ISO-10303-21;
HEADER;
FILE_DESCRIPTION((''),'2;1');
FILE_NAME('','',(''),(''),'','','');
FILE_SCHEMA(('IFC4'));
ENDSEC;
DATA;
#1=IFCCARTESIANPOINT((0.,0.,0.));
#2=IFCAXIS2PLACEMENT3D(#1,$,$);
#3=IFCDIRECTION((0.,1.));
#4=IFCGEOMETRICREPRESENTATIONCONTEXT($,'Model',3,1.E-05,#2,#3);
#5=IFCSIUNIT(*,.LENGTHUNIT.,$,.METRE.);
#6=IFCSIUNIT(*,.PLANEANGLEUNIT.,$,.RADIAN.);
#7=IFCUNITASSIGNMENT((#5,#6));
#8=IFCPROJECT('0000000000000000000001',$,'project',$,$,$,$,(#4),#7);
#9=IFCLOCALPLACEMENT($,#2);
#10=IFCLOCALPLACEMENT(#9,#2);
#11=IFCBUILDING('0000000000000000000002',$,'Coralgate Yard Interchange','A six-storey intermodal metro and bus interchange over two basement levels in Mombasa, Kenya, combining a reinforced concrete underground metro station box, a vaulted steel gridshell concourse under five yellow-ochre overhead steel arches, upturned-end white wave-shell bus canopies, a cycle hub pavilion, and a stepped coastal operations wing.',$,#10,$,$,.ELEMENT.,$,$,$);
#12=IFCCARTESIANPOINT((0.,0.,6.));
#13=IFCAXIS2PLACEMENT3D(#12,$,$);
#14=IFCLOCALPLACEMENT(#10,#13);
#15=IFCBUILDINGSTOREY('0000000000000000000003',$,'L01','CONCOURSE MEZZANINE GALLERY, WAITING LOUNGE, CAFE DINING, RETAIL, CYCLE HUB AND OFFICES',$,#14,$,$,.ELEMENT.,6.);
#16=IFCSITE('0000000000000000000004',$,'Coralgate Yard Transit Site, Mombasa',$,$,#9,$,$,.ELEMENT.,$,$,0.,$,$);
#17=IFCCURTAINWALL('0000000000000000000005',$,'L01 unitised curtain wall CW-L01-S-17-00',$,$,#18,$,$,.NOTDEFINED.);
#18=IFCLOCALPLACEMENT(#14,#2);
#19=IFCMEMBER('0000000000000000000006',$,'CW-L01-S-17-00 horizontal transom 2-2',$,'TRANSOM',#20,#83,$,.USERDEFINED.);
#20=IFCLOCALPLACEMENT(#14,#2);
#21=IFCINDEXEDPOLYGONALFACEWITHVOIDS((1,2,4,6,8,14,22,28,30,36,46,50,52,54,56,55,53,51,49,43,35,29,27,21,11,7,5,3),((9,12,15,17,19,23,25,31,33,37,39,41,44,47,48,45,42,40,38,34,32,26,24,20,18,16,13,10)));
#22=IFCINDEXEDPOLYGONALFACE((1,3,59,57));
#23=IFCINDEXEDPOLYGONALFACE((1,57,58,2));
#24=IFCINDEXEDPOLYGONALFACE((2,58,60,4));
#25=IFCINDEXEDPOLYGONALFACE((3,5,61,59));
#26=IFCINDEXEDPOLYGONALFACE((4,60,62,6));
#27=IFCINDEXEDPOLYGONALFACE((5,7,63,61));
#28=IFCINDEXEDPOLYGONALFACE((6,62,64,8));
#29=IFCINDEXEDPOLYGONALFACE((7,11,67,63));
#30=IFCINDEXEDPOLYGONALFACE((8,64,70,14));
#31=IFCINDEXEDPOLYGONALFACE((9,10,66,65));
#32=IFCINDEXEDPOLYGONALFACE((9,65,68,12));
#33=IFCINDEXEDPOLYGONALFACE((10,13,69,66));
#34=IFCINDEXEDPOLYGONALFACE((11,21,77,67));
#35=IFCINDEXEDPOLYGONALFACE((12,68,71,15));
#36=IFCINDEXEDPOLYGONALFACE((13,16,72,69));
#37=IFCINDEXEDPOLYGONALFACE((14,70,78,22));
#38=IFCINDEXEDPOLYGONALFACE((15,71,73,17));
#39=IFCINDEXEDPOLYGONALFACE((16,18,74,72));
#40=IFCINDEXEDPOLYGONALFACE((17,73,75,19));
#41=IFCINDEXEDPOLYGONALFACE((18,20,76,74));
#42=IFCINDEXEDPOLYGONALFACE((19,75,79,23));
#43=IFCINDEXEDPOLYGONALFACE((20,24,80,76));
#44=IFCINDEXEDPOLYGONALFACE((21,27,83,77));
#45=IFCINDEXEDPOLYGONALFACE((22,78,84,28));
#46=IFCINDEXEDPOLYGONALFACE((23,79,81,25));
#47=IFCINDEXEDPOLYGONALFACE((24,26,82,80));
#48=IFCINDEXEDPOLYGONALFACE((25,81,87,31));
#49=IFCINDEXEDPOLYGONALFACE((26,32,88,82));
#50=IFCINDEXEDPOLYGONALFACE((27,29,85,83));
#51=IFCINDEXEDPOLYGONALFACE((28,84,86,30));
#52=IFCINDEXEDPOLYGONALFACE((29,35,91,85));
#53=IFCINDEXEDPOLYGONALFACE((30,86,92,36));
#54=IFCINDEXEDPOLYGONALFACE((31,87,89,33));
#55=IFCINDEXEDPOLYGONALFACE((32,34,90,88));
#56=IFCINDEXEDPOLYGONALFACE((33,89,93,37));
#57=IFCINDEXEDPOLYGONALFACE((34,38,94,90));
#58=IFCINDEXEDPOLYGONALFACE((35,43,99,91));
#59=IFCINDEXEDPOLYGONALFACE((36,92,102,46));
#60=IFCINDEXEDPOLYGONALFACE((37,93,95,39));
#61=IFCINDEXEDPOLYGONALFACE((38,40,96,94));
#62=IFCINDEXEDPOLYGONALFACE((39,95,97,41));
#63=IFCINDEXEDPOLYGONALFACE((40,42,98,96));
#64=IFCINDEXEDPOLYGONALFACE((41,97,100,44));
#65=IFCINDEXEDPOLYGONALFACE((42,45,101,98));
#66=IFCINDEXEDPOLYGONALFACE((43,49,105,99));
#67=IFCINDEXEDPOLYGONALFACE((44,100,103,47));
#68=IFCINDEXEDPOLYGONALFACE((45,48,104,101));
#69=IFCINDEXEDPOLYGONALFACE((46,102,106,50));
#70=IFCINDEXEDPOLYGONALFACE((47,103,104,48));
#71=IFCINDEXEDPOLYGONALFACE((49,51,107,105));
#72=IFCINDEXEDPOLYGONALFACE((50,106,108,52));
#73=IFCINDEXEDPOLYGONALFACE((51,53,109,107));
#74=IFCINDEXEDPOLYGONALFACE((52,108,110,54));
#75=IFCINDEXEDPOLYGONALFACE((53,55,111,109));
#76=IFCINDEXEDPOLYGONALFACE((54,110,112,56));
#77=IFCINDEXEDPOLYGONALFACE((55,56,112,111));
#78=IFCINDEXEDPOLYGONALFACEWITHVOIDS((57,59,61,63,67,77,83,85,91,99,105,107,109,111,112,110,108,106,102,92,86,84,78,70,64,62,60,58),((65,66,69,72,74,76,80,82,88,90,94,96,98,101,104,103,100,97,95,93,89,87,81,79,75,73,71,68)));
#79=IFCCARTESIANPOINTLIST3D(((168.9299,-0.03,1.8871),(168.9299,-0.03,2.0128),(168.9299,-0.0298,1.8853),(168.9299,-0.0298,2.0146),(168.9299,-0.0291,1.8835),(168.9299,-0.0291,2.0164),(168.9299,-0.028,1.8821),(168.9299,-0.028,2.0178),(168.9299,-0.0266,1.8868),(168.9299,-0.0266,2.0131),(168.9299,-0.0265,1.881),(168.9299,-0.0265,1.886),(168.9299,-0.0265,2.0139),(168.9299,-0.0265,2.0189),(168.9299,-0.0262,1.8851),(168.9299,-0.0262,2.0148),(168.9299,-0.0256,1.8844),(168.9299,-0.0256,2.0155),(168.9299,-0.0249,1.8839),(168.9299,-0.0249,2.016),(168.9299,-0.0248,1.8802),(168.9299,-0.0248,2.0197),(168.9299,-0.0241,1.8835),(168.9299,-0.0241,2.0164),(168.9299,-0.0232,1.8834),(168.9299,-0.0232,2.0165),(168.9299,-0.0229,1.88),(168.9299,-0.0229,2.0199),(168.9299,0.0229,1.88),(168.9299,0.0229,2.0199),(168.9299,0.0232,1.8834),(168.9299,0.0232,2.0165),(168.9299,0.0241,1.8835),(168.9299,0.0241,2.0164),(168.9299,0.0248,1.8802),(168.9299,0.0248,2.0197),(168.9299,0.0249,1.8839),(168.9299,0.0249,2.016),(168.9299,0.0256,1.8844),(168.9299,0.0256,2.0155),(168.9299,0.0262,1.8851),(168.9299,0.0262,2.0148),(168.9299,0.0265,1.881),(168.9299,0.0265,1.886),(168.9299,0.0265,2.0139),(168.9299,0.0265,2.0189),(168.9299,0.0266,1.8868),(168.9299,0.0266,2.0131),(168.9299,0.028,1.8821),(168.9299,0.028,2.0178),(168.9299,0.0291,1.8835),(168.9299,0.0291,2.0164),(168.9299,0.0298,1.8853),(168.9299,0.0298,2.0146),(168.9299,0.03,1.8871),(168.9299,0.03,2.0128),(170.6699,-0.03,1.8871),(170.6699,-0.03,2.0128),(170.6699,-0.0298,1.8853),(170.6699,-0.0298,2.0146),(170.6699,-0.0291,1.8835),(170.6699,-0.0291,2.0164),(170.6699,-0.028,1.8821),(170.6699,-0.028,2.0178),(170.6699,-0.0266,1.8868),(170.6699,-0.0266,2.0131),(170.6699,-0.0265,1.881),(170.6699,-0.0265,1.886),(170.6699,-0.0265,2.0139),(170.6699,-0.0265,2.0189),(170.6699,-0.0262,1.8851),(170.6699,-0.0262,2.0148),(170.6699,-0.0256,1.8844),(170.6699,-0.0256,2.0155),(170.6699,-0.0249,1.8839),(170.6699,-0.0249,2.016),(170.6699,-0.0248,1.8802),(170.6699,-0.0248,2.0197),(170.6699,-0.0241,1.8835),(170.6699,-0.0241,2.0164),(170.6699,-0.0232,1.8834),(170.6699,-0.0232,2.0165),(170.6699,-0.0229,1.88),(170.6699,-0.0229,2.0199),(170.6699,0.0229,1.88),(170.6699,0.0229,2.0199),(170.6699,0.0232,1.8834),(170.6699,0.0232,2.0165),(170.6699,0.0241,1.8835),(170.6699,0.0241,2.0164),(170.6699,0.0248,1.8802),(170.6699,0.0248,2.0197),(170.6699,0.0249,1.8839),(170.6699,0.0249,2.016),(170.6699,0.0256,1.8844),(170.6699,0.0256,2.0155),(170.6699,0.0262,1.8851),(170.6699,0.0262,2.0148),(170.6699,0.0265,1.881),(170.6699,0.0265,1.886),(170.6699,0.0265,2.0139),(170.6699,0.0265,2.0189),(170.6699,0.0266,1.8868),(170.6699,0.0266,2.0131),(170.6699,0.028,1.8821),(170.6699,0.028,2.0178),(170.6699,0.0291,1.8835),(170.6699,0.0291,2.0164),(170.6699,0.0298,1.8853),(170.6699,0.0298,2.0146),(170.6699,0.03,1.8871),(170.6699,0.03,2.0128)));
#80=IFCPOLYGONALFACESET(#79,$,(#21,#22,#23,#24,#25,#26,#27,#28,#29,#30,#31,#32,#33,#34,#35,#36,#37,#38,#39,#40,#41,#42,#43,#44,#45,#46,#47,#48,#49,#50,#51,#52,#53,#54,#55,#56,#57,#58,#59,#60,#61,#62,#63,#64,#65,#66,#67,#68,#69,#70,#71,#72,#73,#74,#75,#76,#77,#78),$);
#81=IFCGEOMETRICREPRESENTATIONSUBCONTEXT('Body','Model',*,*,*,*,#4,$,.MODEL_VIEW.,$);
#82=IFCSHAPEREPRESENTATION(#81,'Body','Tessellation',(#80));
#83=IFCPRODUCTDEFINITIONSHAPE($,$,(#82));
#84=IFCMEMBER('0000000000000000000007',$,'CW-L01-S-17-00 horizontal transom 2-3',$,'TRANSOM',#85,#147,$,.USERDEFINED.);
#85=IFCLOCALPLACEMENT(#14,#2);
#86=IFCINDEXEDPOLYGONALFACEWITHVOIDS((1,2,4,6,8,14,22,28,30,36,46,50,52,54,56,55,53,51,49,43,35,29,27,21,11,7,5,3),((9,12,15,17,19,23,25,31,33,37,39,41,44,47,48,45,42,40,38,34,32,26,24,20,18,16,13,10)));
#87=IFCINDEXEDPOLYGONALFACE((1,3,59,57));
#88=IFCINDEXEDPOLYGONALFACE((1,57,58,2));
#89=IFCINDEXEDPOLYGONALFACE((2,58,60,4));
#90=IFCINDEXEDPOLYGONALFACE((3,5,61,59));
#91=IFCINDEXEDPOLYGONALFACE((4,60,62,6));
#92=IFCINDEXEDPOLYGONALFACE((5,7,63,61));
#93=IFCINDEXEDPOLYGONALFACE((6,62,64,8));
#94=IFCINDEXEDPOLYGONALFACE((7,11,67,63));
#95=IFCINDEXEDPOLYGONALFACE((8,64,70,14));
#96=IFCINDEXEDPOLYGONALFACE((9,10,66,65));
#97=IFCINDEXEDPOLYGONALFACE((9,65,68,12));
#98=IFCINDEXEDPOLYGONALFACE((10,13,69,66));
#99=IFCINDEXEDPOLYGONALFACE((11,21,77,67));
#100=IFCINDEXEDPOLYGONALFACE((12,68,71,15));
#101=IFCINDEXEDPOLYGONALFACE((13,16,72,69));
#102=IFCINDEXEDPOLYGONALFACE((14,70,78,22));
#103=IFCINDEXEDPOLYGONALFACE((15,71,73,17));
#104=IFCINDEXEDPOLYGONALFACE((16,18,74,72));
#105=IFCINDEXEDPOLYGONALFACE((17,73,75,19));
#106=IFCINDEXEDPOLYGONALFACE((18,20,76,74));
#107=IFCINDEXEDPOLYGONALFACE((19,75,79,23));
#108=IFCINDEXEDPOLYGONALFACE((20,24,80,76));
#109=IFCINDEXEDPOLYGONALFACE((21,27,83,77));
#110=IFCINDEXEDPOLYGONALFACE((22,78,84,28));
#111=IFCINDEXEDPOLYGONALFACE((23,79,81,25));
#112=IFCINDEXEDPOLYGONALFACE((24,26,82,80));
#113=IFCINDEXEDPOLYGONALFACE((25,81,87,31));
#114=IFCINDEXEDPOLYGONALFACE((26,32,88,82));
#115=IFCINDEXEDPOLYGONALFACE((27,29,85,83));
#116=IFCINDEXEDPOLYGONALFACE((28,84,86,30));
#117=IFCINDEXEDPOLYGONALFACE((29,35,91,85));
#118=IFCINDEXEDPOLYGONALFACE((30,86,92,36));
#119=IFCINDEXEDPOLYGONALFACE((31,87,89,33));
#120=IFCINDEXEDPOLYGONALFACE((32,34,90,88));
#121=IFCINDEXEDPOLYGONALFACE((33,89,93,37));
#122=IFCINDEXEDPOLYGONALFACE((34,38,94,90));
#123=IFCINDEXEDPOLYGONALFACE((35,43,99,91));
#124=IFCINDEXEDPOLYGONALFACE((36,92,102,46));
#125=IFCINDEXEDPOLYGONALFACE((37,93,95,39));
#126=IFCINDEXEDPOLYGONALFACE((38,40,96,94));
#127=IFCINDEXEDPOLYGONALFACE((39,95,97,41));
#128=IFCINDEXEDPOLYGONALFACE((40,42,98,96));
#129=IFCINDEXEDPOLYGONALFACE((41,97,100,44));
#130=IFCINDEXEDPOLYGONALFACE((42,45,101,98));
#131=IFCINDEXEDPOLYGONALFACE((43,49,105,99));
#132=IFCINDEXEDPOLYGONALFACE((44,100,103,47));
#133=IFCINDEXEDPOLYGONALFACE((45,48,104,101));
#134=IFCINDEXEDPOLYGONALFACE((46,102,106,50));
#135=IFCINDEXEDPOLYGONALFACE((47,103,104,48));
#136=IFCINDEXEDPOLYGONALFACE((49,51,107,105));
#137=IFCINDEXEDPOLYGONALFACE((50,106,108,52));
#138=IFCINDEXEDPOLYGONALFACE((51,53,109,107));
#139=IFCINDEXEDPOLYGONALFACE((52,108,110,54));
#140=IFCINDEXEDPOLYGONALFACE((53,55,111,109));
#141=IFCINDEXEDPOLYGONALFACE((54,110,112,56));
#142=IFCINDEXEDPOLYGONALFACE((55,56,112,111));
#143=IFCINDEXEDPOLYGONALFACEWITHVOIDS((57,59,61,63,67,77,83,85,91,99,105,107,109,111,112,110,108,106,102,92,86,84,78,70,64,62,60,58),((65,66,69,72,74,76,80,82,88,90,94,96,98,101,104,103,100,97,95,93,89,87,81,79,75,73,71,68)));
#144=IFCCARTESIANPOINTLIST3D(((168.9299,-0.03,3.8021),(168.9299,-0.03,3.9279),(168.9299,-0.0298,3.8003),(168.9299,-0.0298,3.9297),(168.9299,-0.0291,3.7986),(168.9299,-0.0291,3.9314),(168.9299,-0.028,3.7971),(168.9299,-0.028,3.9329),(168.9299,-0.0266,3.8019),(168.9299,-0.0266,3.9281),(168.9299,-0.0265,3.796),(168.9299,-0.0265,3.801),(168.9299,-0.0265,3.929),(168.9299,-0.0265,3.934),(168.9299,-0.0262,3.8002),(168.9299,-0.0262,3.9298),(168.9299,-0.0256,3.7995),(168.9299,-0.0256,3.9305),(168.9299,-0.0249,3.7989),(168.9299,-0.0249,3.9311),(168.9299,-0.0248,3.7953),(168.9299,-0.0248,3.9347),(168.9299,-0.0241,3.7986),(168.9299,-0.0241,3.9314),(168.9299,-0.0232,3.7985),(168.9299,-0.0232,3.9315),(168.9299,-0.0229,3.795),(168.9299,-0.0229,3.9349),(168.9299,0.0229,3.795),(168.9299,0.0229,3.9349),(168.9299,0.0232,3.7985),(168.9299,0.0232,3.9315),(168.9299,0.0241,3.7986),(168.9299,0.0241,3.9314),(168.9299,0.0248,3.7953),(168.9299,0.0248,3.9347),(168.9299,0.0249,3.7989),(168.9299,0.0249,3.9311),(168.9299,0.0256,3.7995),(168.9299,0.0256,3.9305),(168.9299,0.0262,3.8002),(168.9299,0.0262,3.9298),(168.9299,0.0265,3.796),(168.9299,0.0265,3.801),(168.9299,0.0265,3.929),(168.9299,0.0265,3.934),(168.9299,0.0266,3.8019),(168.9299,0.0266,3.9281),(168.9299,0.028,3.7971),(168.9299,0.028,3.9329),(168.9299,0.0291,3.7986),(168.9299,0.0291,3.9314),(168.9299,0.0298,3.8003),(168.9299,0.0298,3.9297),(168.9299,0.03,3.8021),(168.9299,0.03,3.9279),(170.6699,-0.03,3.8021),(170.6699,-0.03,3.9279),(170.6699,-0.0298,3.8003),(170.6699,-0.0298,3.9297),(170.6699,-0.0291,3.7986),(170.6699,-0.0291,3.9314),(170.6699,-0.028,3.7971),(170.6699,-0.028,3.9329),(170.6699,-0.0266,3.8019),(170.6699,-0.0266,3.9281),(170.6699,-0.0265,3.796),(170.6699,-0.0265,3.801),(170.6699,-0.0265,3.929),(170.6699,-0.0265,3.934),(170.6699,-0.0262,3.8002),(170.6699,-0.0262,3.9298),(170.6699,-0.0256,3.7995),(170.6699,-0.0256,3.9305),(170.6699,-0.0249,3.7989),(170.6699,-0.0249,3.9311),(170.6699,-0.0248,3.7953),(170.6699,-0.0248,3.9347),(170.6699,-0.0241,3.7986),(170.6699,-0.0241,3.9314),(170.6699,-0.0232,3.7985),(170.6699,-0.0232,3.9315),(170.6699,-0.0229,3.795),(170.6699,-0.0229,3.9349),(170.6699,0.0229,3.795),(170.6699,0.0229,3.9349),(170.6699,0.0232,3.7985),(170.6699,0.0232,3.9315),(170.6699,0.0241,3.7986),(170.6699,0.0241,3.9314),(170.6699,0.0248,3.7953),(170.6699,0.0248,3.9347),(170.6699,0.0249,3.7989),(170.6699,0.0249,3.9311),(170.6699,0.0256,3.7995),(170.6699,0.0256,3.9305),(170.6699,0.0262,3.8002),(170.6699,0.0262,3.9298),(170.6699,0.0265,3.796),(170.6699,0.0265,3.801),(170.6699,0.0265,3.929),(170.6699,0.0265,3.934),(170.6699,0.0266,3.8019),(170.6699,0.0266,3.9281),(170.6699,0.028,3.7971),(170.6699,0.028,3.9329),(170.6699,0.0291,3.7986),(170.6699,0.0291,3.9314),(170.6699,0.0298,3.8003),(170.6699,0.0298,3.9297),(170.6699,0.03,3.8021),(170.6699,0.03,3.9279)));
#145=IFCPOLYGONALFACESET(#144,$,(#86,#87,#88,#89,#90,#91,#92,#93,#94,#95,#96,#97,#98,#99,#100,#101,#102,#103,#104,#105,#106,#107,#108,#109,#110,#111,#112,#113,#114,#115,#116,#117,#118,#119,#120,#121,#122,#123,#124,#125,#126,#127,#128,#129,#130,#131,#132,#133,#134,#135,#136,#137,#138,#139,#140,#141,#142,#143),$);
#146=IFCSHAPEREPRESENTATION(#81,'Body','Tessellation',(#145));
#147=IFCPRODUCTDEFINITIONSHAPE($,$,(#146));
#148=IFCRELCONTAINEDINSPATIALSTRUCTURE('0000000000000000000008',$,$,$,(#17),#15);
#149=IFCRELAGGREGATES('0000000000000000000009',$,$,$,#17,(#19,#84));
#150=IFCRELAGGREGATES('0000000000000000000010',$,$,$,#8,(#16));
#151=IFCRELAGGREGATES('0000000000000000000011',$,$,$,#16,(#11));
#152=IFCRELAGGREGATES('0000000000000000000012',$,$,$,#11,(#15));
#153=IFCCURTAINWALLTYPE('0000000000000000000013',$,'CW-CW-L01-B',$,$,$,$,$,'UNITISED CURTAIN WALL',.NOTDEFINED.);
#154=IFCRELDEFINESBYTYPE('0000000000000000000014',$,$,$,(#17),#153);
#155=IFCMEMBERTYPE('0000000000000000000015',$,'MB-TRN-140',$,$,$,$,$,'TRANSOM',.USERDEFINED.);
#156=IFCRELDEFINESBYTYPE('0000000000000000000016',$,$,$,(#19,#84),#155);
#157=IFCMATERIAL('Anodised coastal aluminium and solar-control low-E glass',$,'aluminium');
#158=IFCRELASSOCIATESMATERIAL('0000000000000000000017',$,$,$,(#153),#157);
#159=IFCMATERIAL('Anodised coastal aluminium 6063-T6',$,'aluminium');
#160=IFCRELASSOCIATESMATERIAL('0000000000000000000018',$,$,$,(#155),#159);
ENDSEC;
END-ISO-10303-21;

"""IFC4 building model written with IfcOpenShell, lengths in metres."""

from ifc_helpers import new_model, si_unit, direction, frame, origin, origin_2d, place, context, subcontext, project, spatial, hollow_rectangle, extrude, material, material_profile, profile_set, type_object, element, aggregate, save


model = new_model("IFC4")

# Units and contexts
model_context = context("Model", 3, precision=1e-05, world=origin(), true_north=direction((0.0, 1.0)))
body_context = subcontext(model_context, "Body", "Model", "MODEL_VIEW")
ifc_project = project(units=[si_unit("LENGTHUNIT", "METRE"), si_unit("PLANEANGLEUNIT", "RADIAN")], contexts=[model_context])

# Site, building, storey
site_placement = place(None, origin())
site = spatial("IfcSite", under=ifc_project, at=site_placement, Name="Coralgate Yard Transit Site, Mombasa", CompositionType="ELEMENT", RefElevation=0.0)
building_placement = place(site_placement, origin())
building = spatial("IfcBuilding", under=site, at=building_placement, Name="Coralgate Yard Interchange", Description="A six-storey intermodal metro and bus interchange over two basement levels in Mombasa, Kenya, combining a reinforced concrete underground metro station box, a vaulted steel gridshell concourse under five yellow-ochre overhead steel arches, upturned-end white wave-shell bus canopies, a cycle hub pavilion, and a stepped coastal operations wing.", CompositionType="ELEMENT")
storey_placement = place(building_placement, frame((0.0, 0.0, 6.0)))
storey = spatial("IfcBuildingStorey", under=building, at=storey_placement, Name="L01", Description="CONCOURSE MEZZANINE GALLERY, WAITING LOUNGE, CAFE DINING, RETAIL, CYCLE HUB AND OFFICES", CompositionType="ELEMENT", Elevation=6.0)

# Curtain wall, members
ifc_material_1 = material(Name="Anodised coastal aluminium and solar-control low-E glass", Category="aluminium")
curtain_wall_type = type_object("IfcCurtainWallType", Name="CW-CW-L01-B", ElementType="UNITISED CURTAIN WALL", PredefinedType="NOTDEFINED", material=ifc_material_1)
curtain_wall_placement = place(storey_placement, origin())
curtain_wall = element("IfcCurtainWall", 1, at=curtain_wall_placement, inside=storey, type_object=curtain_wall_type, Name="L01 unitised curtain wall CW-L01-S-17-00", PredefinedType="NOTDEFINED")
ifc_material_2 = material(Name="Anodised coastal aluminium 6063-T6", Category="aluminium")
ifc_material_profile_1 = material_profile(ifc_material_2, hollow_rectangle(XDim=0.0601, YDim=0.1399, WallThickness=0.0034, InnerFilletRadius=0.0034, OuterFilletRadius=0.0071, at=origin_2d()), Name="ALU 60x140x3.5")
ifc_profile_set_1 = profile_set([ifc_material_profile_1], Name="Anodised coastal aluminium 6063-T6")
member_type_1 = type_object("IfcMemberType", Name="MB-TRN-140", ElementType="TRANSOM", PredefinedType="USERDEFINED", material=ifc_profile_set_1)
member_1_placement = place(storey_placement, frame((170.6699, 0.0, 1.95), z_axis=(-1.0, 0.0, 0.0), x_axis=(0.0, -1.0, 0.0)))
member_1 = element("IfcMember", 2, at=member_1_placement, type_object=member_type_1, Name="CW-L01-S-17-00 horizontal transom 2-2", ObjectType="TRANSOM", PredefinedType="USERDEFINED", context=body_context, shape_type="SweptSolid", body=[
    extrude(hollow_rectangle(XDim=0.0601, YDim=0.1399, WallThickness=0.0034, InnerFilletRadius=0.0034, OuterFilletRadius=0.0071, at=origin_2d()), origin(), (0.0, 0.0, 1.0), 1.74),
])
member_2_placement = place(storey_placement, frame((170.6699, 0.0, 3.865), z_axis=(-1.0, 0.0, 0.0), x_axis=(0.0, -1.0, 0.0)))
member_2 = element("IfcMember", 3, at=member_2_placement, type_object=member_type_1, Name="CW-L01-S-17-00 horizontal transom 2-3", ObjectType="TRANSOM", PredefinedType="USERDEFINED", context=body_context, shape_type="SweptSolid", body=[
    extrude(hollow_rectangle(XDim=0.0601, YDim=0.1399, WallThickness=0.0034, InnerFilletRadius=0.0034, OuterFilletRadius=0.0071, at=origin_2d()), origin(), (0.0, 0.0, 1.0), 1.74),
])
aggregate(curtain_wall, [member_1, member_2])

save(model, "model.ifc")
